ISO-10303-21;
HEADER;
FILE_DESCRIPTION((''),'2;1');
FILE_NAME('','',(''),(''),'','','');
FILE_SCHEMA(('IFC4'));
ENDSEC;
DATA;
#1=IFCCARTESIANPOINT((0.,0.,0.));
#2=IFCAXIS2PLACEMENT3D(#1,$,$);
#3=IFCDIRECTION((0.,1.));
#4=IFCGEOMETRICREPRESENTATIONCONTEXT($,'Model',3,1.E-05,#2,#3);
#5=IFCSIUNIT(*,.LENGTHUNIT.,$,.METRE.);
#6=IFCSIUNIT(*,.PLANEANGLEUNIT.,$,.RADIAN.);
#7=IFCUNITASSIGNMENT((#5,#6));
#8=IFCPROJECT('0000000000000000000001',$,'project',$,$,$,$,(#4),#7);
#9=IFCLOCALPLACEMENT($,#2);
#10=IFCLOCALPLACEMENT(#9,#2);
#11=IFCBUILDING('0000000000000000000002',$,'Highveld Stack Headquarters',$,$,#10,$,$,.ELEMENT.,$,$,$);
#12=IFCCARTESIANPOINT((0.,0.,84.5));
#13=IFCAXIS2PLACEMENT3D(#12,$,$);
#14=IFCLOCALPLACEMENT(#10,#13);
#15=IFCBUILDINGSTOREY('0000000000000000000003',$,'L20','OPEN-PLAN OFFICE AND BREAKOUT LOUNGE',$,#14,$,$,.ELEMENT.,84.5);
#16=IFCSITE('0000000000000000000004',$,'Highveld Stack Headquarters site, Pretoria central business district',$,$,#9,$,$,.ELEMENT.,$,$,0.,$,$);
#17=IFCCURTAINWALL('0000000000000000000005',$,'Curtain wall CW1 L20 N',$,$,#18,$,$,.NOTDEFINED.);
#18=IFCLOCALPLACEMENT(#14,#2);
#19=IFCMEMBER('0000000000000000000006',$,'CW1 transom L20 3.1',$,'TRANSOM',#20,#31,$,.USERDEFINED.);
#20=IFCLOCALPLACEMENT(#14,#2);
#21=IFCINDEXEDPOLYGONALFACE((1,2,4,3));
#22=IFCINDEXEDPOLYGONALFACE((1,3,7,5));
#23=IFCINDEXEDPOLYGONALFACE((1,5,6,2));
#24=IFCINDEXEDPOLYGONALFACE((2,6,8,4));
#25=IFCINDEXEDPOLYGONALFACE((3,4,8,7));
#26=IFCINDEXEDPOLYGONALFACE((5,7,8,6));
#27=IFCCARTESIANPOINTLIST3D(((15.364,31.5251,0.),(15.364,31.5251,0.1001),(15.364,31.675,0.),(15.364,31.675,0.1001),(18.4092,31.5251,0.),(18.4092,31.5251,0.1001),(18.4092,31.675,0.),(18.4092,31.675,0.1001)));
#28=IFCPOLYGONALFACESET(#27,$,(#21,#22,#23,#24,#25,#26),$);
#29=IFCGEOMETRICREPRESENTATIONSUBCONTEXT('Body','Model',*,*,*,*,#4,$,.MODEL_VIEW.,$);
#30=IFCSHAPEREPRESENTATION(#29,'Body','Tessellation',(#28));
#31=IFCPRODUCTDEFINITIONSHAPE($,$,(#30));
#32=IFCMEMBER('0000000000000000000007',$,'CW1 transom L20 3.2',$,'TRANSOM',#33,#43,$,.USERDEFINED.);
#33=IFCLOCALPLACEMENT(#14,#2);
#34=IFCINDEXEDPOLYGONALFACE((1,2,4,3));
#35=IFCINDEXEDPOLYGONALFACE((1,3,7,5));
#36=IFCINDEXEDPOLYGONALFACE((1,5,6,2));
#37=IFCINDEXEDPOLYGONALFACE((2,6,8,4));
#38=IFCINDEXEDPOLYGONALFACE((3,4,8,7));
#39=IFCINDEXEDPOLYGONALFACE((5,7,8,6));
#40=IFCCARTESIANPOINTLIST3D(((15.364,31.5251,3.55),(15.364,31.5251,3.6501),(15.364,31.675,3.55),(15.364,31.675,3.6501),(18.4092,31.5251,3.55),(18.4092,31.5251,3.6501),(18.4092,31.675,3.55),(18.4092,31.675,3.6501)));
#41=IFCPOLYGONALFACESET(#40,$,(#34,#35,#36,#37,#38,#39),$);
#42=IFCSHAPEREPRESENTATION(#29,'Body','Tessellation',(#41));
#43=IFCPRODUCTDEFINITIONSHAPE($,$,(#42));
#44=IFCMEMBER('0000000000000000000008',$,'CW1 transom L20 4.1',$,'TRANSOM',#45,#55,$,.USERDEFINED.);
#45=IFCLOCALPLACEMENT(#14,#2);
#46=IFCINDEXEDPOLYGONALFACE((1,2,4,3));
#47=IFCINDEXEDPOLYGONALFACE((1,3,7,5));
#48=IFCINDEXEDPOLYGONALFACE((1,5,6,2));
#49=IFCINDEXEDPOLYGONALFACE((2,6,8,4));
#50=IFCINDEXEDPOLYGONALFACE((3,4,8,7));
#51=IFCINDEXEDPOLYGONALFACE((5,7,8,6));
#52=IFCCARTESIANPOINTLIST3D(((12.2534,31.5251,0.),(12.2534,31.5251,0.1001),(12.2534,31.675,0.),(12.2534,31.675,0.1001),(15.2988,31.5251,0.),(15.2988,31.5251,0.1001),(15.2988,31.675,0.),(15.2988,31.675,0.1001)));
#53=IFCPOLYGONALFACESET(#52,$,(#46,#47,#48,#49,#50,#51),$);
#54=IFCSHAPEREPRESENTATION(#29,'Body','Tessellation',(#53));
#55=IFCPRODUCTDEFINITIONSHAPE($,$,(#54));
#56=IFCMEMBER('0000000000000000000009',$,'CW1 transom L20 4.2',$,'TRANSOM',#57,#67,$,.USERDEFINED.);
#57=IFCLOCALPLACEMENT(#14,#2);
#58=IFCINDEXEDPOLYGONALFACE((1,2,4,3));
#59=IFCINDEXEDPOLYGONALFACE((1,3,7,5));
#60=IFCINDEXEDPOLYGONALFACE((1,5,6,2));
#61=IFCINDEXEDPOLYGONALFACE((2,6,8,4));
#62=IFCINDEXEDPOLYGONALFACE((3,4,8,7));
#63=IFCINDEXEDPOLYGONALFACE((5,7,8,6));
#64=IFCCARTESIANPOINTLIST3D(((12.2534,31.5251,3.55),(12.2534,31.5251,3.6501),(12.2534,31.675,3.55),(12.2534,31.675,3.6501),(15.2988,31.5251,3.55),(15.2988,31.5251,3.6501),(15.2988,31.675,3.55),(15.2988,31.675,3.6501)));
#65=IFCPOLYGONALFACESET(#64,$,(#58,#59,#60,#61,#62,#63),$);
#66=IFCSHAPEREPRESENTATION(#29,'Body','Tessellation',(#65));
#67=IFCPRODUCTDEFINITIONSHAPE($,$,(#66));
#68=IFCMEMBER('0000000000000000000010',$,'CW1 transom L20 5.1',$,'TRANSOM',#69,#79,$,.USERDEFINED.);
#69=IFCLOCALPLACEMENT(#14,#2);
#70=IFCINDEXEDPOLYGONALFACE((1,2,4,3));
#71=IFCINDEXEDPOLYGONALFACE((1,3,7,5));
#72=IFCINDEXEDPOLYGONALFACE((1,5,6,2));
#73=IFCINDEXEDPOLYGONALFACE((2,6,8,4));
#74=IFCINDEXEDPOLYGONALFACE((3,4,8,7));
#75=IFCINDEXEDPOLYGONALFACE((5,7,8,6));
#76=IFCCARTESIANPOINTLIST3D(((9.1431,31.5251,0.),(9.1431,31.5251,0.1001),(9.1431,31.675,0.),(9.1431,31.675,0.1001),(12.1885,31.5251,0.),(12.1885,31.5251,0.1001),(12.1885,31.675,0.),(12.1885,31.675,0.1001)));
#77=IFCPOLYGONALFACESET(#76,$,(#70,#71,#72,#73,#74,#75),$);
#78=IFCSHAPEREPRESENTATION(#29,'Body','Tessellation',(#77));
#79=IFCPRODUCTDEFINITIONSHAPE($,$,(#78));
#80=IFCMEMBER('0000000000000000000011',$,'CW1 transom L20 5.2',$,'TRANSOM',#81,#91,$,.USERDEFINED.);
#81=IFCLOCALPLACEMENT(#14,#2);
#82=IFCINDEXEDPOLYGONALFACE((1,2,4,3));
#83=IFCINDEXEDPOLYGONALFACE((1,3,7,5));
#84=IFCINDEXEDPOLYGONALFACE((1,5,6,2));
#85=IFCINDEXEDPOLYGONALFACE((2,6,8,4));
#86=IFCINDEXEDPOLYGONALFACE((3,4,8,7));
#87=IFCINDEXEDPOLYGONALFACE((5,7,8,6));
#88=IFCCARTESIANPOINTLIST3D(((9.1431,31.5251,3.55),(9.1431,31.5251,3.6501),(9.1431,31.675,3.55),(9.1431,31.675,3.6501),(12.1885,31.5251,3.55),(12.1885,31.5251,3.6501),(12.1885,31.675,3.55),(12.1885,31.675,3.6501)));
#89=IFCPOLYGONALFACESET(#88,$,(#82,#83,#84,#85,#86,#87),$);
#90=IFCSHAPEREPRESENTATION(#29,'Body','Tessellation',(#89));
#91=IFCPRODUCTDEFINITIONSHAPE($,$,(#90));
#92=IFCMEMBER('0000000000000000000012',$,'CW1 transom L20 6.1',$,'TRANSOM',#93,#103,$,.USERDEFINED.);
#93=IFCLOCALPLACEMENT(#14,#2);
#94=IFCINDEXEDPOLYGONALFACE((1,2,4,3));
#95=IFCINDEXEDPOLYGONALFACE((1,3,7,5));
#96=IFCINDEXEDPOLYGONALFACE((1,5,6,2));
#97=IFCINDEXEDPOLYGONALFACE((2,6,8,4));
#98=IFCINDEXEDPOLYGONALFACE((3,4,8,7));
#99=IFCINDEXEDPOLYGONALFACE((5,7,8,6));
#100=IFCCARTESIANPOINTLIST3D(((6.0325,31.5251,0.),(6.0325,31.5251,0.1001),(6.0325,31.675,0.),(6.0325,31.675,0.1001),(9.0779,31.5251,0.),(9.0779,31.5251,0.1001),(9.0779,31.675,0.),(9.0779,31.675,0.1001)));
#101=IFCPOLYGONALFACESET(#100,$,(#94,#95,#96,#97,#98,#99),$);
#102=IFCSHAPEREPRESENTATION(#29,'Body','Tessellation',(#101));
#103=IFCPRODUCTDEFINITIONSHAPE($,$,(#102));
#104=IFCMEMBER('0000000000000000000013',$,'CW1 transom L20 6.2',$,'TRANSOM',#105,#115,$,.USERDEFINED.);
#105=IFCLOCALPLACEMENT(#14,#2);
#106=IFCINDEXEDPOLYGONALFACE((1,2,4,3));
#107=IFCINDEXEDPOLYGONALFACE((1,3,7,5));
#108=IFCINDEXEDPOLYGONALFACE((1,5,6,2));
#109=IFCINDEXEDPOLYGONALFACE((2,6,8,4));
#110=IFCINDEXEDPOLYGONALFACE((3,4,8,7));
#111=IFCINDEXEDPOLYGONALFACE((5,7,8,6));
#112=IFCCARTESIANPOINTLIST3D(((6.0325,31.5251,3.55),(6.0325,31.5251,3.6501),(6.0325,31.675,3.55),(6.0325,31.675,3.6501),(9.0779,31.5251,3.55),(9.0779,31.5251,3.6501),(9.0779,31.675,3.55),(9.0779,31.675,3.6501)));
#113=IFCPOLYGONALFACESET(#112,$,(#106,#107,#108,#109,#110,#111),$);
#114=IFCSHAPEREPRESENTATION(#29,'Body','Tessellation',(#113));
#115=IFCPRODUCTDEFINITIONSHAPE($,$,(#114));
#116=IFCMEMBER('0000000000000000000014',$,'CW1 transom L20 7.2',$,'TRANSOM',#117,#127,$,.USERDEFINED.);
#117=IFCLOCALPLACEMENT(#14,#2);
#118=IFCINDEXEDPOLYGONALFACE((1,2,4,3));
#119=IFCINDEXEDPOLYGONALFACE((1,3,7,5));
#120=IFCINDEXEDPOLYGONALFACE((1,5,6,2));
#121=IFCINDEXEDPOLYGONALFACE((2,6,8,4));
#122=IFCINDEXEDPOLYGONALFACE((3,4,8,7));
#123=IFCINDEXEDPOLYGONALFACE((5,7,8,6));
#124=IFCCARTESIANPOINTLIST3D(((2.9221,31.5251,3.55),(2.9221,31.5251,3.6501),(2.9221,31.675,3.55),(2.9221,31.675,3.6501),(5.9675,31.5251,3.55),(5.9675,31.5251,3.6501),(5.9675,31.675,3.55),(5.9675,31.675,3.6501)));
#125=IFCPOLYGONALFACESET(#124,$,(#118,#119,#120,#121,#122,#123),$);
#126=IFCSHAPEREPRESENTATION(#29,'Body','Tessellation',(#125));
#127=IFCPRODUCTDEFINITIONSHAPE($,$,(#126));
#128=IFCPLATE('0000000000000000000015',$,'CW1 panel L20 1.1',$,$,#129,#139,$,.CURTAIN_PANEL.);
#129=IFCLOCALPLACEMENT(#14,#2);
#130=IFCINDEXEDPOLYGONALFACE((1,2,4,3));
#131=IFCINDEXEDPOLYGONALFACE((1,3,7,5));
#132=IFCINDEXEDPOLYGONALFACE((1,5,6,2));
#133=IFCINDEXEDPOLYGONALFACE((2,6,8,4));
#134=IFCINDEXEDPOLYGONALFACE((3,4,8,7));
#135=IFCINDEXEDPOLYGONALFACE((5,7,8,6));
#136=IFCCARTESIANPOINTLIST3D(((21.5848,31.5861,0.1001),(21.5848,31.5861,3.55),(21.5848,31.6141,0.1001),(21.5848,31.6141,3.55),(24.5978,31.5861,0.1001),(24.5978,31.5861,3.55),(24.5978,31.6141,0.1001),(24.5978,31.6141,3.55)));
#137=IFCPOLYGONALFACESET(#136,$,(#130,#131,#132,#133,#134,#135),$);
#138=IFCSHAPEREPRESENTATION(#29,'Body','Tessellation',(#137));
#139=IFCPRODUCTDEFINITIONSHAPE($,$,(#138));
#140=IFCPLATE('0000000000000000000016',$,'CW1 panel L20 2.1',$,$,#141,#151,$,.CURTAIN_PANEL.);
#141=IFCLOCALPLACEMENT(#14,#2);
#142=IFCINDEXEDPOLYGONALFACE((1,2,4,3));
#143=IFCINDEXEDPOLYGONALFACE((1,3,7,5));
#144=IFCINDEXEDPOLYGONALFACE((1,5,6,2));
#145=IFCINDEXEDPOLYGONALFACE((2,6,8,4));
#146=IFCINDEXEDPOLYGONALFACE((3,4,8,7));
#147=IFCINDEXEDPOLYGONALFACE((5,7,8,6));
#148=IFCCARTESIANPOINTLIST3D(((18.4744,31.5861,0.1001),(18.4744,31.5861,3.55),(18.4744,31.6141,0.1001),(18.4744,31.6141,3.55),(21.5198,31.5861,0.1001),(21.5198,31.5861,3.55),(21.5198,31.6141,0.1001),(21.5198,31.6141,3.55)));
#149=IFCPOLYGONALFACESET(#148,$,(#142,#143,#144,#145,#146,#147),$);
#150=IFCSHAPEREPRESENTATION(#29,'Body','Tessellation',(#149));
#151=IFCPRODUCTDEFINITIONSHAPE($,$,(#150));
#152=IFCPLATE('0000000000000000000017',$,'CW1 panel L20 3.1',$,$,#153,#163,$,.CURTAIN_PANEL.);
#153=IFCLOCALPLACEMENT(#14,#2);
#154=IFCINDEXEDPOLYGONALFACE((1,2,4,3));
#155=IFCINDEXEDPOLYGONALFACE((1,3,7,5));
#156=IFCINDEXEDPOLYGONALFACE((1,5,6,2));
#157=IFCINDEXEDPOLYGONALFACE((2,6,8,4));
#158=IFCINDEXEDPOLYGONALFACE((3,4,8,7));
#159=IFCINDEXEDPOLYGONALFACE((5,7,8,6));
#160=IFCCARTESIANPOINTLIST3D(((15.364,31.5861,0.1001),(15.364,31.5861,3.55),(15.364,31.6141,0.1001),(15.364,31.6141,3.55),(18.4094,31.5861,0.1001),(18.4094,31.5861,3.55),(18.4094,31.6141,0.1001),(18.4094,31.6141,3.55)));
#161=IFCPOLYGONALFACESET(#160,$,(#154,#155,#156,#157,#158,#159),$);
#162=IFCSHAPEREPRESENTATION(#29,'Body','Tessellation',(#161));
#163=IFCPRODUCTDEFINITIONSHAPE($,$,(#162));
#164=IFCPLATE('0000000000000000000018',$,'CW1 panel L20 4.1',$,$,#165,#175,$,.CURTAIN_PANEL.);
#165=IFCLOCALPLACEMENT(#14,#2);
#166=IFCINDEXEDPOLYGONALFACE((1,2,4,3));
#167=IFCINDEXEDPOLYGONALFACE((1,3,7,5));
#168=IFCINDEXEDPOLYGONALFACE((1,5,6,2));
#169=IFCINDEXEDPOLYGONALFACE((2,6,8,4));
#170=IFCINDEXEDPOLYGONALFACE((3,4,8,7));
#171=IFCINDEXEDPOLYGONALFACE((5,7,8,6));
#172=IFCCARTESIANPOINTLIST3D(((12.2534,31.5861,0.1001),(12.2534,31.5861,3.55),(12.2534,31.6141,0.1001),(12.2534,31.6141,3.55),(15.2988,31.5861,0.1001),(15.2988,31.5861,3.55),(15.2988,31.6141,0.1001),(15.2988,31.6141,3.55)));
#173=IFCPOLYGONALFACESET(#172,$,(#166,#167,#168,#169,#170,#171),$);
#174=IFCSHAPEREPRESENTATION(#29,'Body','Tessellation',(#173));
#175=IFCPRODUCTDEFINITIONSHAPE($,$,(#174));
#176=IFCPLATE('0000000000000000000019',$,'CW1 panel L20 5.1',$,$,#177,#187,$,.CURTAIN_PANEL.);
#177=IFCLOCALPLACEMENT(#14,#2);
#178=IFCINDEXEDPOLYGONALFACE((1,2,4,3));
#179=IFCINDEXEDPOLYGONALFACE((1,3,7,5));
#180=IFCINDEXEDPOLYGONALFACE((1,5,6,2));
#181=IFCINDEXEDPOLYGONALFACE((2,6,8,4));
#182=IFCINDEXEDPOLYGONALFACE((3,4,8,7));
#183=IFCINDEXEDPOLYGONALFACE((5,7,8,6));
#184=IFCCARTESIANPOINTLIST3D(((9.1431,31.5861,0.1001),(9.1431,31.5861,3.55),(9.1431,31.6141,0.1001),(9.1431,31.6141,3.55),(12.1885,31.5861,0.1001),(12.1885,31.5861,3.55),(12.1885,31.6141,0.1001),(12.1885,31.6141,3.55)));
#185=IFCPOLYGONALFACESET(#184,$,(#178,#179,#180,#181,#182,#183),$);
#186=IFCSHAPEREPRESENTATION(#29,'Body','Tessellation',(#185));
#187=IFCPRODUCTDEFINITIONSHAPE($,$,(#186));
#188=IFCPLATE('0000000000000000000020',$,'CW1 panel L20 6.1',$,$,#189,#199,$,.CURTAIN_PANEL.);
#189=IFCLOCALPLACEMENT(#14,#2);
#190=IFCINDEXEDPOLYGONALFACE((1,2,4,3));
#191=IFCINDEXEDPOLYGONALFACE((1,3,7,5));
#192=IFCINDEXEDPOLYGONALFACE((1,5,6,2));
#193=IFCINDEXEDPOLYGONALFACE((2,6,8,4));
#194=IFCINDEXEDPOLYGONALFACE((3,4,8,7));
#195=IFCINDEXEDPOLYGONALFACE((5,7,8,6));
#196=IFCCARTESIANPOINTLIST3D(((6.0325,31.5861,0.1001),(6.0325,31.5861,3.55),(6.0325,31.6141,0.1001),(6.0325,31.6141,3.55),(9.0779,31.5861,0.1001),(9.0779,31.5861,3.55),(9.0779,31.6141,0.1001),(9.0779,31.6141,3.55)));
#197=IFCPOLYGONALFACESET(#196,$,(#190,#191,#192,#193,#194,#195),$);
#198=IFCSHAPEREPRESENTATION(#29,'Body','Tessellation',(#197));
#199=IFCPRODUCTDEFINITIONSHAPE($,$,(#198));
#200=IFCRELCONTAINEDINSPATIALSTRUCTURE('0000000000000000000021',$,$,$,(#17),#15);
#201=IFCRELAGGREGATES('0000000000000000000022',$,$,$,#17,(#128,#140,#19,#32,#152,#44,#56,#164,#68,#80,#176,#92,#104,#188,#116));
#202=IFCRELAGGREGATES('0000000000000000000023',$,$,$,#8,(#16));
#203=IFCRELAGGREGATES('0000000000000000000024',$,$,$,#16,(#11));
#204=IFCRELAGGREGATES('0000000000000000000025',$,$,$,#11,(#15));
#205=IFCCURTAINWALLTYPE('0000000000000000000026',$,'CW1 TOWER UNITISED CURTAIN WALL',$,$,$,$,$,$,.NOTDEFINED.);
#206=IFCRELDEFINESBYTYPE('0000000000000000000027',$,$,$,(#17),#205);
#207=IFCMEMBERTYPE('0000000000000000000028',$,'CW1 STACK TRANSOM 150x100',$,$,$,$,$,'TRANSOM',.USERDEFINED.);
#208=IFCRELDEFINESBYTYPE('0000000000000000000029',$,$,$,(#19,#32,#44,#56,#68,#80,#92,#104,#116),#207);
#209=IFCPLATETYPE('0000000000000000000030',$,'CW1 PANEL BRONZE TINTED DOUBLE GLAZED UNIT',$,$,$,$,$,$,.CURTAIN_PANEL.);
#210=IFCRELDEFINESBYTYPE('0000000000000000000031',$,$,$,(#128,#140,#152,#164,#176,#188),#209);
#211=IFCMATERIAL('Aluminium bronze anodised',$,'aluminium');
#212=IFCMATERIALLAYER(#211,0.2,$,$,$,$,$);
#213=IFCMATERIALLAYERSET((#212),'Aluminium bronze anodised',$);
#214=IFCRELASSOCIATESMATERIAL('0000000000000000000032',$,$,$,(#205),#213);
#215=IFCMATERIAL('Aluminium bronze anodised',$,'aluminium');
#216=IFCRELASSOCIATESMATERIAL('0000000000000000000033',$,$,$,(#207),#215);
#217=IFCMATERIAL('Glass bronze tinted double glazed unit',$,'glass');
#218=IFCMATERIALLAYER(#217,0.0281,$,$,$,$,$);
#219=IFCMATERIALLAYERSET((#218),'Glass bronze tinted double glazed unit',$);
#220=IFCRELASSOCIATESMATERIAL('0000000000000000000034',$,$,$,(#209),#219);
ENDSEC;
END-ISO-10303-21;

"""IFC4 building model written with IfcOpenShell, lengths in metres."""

from ifc_helpers import new_model, si_unit, direction, frame, origin, origin_2d, place, context, subcontext, project, spatial, rectangle, extrude, material, layer, layer_set, material_profile, profile_set, type_object, element, aggregate, save


model = new_model("IFC4")

# Units and contexts
model_context = context("Model", 3, precision=1e-05, world=origin(), true_north=direction((0.0, 1.0)))
body_context = subcontext(model_context, "Body", "Model", "MODEL_VIEW")
ifc_project = project(units=[si_unit("LENGTHUNIT", "METRE"), si_unit("PLANEANGLEUNIT", "RADIAN")], contexts=[model_context])

# Site, building, storey
site_placement = place(None, origin())
site = spatial("IfcSite", under=ifc_project, at=site_placement, Name="Highveld Stack Headquarters site, Pretoria central business district", CompositionType="ELEMENT", RefElevation=0.0)
building_placement = place(site_placement, origin())
building = spatial("IfcBuilding", under=site, at=building_placement, Name="Highveld Stack Headquarters", CompositionType="ELEMENT")
storey_placement = place(building_placement, frame((0.0, 0.0, 84.5)))
storey = spatial("IfcBuildingStorey", under=building, at=storey_placement, Name="L20", Description="OPEN-PLAN OFFICE AND BREAKOUT LOUNGE", CompositionType="ELEMENT", Elevation=84.5)

# Curtain wall, members, plates
ifc_material_1 = material(Name="Aluminium bronze anodised", Category="aluminium")
ifc_layer_1 = layer(ifc_material_1, 0.2)
ifc_layer_set_1 = layer_set([ifc_layer_1], Name="Aluminium bronze anodised")
curtain_wall_type = type_object("IfcCurtainWallType", Name="CW1 TOWER UNITISED CURTAIN WALL", PredefinedType="NOTDEFINED", material=ifc_layer_set_1)
curtain_wall_placement = place(storey_placement, origin())
curtain_wall = element("IfcCurtainWall", 1, at=curtain_wall_placement, inside=storey, type_object=curtain_wall_type, Name="Curtain wall CW1 L20 N", PredefinedType="NOTDEFINED")
ifc_material_2 = material(Name="Aluminium bronze anodised", Category="aluminium")
ifc_material_profile_1 = material_profile(ifc_material_2, rectangle(XDim=0.1499, YDim=0.1001, at=origin_2d()), Name="CW1 TRANSOM 150x100")
ifc_profile_set_1 = profile_set([ifc_material_profile_1], Name="Aluminium bronze anodised")
member_type_1 = type_object("IfcMemberType", Name="CW1 STACK TRANSOM 150x100", ElementType="TRANSOM", PredefinedType="USERDEFINED", material=ifc_profile_set_1)
member_1_placement = place(storey_placement, frame((18.4092, 31.6001, 0.05), z_axis=(-1.0, 0.0, 0.0), x_axis=(0.0, -1.0, 0.0)))
member_1 = element("IfcMember", 2, at=member_1_placement, type_object=member_type_1, Name="CW1 transom L20 3.1", ObjectType="TRANSOM", PredefinedType="USERDEFINED", context=body_context, shape_type="SweptSolid", body=[
    extrude(rectangle(XDim=0.1499, YDim=0.1001, at=origin_2d()), origin(), (0.0, 0.0, 1.0), 3.0452),
])
member_2_placement = place(storey_placement, frame((18.4092, 31.6001, 3.6001), z_axis=(-1.0, 0.0, 0.0), x_axis=(0.0, -1.0, 0.0)))
member_2 = element("IfcMember", 3, at=member_2_placement, type_object=member_type_1, Name="CW1 transom L20 3.2", ObjectType="TRANSOM", PredefinedType="USERDEFINED", context=body_context, shape_type="SweptSolid", body=[
    extrude(rectangle(XDim=0.1499, YDim=0.1001, at=origin_2d()), origin(), (0.0, 0.0, 1.0), 3.0452),
])
member_3_placement = place(storey_placement, frame((15.2988, 31.6001, 0.05), z_axis=(-1.0, 0.0, 0.0), x_axis=(0.0, -1.0, 0.0)))
member_3 = element("IfcMember", 4, at=member_3_placement, type_object=member_type_1, Name="CW1 transom L20 4.1", ObjectType="TRANSOM", PredefinedType="USERDEFINED", context=body_context, shape_type="SweptSolid", body=[
    extrude(rectangle(XDim=0.1499, YDim=0.1001, at=origin_2d()), origin(), (0.0, 0.0, 1.0), 3.0454),
])
member_4_placement = place(storey_placement, frame((15.2988, 31.6001, 3.6001), z_axis=(-1.0, 0.0, 0.0), x_axis=(0.0, -1.0, 0.0)))
member_4 = element("IfcMember", 5, at=member_4_placement, type_object=member_type_1, Name="CW1 transom L20 4.2", ObjectType="TRANSOM", PredefinedType="USERDEFINED", context=body_context, shape_type="SweptSolid", body=[
    extrude(rectangle(XDim=0.1499, YDim=0.1001, at=origin_2d()), origin(), (0.0, 0.0, 1.0), 3.0454),
])
member_5_placement = place(storey_placement, frame((12.1885, 31.6001, 0.05), z_axis=(-1.0, 0.0, 0.0), x_axis=(0.0, -1.0, 0.0)))
member_5 = element("IfcMember", 6, at=member_5_placement, type_object=member_type_1, Name="CW1 transom L20 5.1", ObjectType="TRANSOM", PredefinedType="USERDEFINED", context=body_context, shape_type="SweptSolid", body=[
    extrude(rectangle(XDim=0.1499, YDim=0.1001, at=origin_2d()), origin(), (0.0, 0.0, 1.0), 3.0454),
])
member_6_placement = place(storey_placement, frame((12.1885, 31.6001, 3.6001), z_axis=(-1.0, 0.0, 0.0), x_axis=(0.0, -1.0, 0.0)))
member_6 = element("IfcMember", 7, at=member_6_placement, type_object=member_type_1, Name="CW1 transom L20 5.2", ObjectType="TRANSOM", PredefinedType="USERDEFINED", context=body_context, shape_type="SweptSolid", body=[
    extrude(rectangle(XDim=0.1499, YDim=0.1001, at=origin_2d()), origin(), (0.0, 0.0, 1.0), 3.0454),
])
member_7_placement = place(storey_placement, frame((9.0779, 31.6001, 0.05), z_axis=(-1.0, 0.0, 0.0), x_axis=(0.0, -1.0, 0.0)))
member_7 = element("IfcMember", 8, at=member_7_placement, type_object=member_type_1, Name="CW1 transom L20 6.1", ObjectType="TRANSOM", PredefinedType="USERDEFINED", context=body_context, shape_type="SweptSolid", body=[
    extrude(rectangle(XDim=0.1499, YDim=0.1001, at=origin_2d()), origin(), (0.0, 0.0, 1.0), 3.0454),
])
member_8_placement = place(storey_placement, frame((9.0779, 31.6001, 3.6001), z_axis=(-1.0, 0.0, 0.0), x_axis=(0.0, -1.0, 0.0)))
member_8 = element("IfcMember", 9, at=member_8_placement, type_object=member_type_1, Name="CW1 transom L20 6.2", ObjectType="TRANSOM", PredefinedType="USERDEFINED", context=body_context, shape_type="SweptSolid", body=[
    extrude(rectangle(XDim=0.1499, YDim=0.1001, at=origin_2d()), origin(), (0.0, 0.0, 1.0), 3.0454),
])
member_9_placement = place(storey_placement, frame((5.9675, 31.6001, 3.6001), z_axis=(-1.0, 0.0, 0.0), x_axis=(0.0, -1.0, 0.0)))
member_9 = element("IfcMember", 10, at=member_9_placement, type_object=member_type_1, Name="CW1 transom L20 7.2", ObjectType="TRANSOM", PredefinedType="USERDEFINED", context=body_context, shape_type="SweptSolid", body=[
    extrude(rectangle(XDim=0.1499, YDim=0.1001, at=origin_2d()), origin(), (0.0, 0.0, 1.0), 3.0454),
])
ifc_material_3 = material(Name="Glass bronze tinted double glazed unit", Category="glass")
ifc_layer_2 = layer(ifc_material_3, 0.0281)
ifc_layer_set_2 = layer_set([ifc_layer_2], Name="Glass bronze tinted double glazed unit")
plate_type = type_object("IfcPlateType", Name="CW1 PANEL BRONZE TINTED DOUBLE GLAZED UNIT", PredefinedType="CURTAIN_PANEL", material=ifc_layer_set_2)
plate_1_placement = place(storey_placement, frame((23.0913, 31.6001, 0.1001), z_axis=(0.0, 0.0, 1.0), x_axis=(-1.0, 0.0, 0.0)))
plate_1 = element("IfcPlate", 11, at=plate_1_placement, type_object=plate_type, Name="CW1 panel L20 1.1", PredefinedType="CURTAIN_PANEL", context=body_context, shape_type="SweptSolid", body=[
    extrude(rectangle(XDim=3.0129, YDim=0.0281, at=origin_2d()), origin(), (0.0, 0.0, 1.0), 3.45),
])
plate_2_placement = place(storey_placement, frame((19.9971, 31.6001, 0.1001), z_axis=(0.0, 0.0, 1.0), x_axis=(-1.0, 0.0, 0.0)))
plate_2 = element("IfcPlate", 12, at=plate_2_placement, type_object=plate_type, Name="CW1 panel L20 2.1", PredefinedType="CURTAIN_PANEL", context=body_context, shape_type="SweptSolid", body=[
    extrude(rectangle(XDim=3.0454, YDim=0.0281, at=origin_2d()), origin(), (0.0, 0.0, 1.0), 3.45),
])
plate_3_placement = place(storey_placement, frame((16.8867, 31.6001, 0.1001), z_axis=(0.0, 0.0, 1.0), x_axis=(-1.0, 0.0, 0.0)))
plate_3 = element("IfcPlate", 13, at=plate_3_placement, type_object=plate_type, Name="CW1 panel L20 3.1", PredefinedType="CURTAIN_PANEL", context=body_context, shape_type="SweptSolid", body=[
    extrude(rectangle(XDim=3.0454, YDim=0.0281, at=origin_2d()), origin(), (0.0, 0.0, 1.0), 3.45),
])
plate_4_placement = place(storey_placement, frame((13.7761, 31.6001, 0.1001), z_axis=(0.0, 0.0, 1.0), x_axis=(-1.0, 0.0, 0.0)))
plate_4 = element("IfcPlate", 14, at=plate_4_placement, type_object=plate_type, Name="CW1 panel L20 4.1", PredefinedType="CURTAIN_PANEL", context=body_context, shape_type="SweptSolid", body=[
    extrude(rectangle(XDim=3.0454, YDim=0.0281, at=origin_2d()), origin(), (0.0, 0.0, 1.0), 3.45),
])
plate_5_placement = place(storey_placement, frame((10.6658, 31.6001, 0.1001), z_axis=(0.0, 0.0, 1.0), x_axis=(-1.0, 0.0, 0.0)))
plate_5 = element("IfcPlate", 15, at=plate_5_placement, type_object=plate_type, Name="CW1 panel L20 5.1", PredefinedType="CURTAIN_PANEL", context=body_context, shape_type="SweptSolid", body=[
    extrude(rectangle(XDim=3.0454, YDim=0.0281, at=origin_2d()), origin(), (0.0, 0.0, 1.0), 3.45),
])
plate_6_placement = place(storey_placement, frame((7.5552, 31.6001, 0.1001), z_axis=(0.0, 0.0, 1.0), x_axis=(-1.0, 0.0, 0.0)))
plate_6 = element("IfcPlate", 16, at=plate_6_placement, type_object=plate_type, Name="CW1 panel L20 6.1", PredefinedType="CURTAIN_PANEL", context=body_context, shape_type="SweptSolid", body=[
    extrude(rectangle(XDim=3.0454, YDim=0.0281, at=origin_2d()), origin(), (0.0, 0.0, 1.0), 3.45),
])
aggregate(curtain_wall, [plate_1, plate_2, member_1, member_2, plate_3, member_3, member_4, plate_4, member_5, member_6, plate_5, member_7, member_8, plate_6, member_9])

save(model, "model.ifc")
